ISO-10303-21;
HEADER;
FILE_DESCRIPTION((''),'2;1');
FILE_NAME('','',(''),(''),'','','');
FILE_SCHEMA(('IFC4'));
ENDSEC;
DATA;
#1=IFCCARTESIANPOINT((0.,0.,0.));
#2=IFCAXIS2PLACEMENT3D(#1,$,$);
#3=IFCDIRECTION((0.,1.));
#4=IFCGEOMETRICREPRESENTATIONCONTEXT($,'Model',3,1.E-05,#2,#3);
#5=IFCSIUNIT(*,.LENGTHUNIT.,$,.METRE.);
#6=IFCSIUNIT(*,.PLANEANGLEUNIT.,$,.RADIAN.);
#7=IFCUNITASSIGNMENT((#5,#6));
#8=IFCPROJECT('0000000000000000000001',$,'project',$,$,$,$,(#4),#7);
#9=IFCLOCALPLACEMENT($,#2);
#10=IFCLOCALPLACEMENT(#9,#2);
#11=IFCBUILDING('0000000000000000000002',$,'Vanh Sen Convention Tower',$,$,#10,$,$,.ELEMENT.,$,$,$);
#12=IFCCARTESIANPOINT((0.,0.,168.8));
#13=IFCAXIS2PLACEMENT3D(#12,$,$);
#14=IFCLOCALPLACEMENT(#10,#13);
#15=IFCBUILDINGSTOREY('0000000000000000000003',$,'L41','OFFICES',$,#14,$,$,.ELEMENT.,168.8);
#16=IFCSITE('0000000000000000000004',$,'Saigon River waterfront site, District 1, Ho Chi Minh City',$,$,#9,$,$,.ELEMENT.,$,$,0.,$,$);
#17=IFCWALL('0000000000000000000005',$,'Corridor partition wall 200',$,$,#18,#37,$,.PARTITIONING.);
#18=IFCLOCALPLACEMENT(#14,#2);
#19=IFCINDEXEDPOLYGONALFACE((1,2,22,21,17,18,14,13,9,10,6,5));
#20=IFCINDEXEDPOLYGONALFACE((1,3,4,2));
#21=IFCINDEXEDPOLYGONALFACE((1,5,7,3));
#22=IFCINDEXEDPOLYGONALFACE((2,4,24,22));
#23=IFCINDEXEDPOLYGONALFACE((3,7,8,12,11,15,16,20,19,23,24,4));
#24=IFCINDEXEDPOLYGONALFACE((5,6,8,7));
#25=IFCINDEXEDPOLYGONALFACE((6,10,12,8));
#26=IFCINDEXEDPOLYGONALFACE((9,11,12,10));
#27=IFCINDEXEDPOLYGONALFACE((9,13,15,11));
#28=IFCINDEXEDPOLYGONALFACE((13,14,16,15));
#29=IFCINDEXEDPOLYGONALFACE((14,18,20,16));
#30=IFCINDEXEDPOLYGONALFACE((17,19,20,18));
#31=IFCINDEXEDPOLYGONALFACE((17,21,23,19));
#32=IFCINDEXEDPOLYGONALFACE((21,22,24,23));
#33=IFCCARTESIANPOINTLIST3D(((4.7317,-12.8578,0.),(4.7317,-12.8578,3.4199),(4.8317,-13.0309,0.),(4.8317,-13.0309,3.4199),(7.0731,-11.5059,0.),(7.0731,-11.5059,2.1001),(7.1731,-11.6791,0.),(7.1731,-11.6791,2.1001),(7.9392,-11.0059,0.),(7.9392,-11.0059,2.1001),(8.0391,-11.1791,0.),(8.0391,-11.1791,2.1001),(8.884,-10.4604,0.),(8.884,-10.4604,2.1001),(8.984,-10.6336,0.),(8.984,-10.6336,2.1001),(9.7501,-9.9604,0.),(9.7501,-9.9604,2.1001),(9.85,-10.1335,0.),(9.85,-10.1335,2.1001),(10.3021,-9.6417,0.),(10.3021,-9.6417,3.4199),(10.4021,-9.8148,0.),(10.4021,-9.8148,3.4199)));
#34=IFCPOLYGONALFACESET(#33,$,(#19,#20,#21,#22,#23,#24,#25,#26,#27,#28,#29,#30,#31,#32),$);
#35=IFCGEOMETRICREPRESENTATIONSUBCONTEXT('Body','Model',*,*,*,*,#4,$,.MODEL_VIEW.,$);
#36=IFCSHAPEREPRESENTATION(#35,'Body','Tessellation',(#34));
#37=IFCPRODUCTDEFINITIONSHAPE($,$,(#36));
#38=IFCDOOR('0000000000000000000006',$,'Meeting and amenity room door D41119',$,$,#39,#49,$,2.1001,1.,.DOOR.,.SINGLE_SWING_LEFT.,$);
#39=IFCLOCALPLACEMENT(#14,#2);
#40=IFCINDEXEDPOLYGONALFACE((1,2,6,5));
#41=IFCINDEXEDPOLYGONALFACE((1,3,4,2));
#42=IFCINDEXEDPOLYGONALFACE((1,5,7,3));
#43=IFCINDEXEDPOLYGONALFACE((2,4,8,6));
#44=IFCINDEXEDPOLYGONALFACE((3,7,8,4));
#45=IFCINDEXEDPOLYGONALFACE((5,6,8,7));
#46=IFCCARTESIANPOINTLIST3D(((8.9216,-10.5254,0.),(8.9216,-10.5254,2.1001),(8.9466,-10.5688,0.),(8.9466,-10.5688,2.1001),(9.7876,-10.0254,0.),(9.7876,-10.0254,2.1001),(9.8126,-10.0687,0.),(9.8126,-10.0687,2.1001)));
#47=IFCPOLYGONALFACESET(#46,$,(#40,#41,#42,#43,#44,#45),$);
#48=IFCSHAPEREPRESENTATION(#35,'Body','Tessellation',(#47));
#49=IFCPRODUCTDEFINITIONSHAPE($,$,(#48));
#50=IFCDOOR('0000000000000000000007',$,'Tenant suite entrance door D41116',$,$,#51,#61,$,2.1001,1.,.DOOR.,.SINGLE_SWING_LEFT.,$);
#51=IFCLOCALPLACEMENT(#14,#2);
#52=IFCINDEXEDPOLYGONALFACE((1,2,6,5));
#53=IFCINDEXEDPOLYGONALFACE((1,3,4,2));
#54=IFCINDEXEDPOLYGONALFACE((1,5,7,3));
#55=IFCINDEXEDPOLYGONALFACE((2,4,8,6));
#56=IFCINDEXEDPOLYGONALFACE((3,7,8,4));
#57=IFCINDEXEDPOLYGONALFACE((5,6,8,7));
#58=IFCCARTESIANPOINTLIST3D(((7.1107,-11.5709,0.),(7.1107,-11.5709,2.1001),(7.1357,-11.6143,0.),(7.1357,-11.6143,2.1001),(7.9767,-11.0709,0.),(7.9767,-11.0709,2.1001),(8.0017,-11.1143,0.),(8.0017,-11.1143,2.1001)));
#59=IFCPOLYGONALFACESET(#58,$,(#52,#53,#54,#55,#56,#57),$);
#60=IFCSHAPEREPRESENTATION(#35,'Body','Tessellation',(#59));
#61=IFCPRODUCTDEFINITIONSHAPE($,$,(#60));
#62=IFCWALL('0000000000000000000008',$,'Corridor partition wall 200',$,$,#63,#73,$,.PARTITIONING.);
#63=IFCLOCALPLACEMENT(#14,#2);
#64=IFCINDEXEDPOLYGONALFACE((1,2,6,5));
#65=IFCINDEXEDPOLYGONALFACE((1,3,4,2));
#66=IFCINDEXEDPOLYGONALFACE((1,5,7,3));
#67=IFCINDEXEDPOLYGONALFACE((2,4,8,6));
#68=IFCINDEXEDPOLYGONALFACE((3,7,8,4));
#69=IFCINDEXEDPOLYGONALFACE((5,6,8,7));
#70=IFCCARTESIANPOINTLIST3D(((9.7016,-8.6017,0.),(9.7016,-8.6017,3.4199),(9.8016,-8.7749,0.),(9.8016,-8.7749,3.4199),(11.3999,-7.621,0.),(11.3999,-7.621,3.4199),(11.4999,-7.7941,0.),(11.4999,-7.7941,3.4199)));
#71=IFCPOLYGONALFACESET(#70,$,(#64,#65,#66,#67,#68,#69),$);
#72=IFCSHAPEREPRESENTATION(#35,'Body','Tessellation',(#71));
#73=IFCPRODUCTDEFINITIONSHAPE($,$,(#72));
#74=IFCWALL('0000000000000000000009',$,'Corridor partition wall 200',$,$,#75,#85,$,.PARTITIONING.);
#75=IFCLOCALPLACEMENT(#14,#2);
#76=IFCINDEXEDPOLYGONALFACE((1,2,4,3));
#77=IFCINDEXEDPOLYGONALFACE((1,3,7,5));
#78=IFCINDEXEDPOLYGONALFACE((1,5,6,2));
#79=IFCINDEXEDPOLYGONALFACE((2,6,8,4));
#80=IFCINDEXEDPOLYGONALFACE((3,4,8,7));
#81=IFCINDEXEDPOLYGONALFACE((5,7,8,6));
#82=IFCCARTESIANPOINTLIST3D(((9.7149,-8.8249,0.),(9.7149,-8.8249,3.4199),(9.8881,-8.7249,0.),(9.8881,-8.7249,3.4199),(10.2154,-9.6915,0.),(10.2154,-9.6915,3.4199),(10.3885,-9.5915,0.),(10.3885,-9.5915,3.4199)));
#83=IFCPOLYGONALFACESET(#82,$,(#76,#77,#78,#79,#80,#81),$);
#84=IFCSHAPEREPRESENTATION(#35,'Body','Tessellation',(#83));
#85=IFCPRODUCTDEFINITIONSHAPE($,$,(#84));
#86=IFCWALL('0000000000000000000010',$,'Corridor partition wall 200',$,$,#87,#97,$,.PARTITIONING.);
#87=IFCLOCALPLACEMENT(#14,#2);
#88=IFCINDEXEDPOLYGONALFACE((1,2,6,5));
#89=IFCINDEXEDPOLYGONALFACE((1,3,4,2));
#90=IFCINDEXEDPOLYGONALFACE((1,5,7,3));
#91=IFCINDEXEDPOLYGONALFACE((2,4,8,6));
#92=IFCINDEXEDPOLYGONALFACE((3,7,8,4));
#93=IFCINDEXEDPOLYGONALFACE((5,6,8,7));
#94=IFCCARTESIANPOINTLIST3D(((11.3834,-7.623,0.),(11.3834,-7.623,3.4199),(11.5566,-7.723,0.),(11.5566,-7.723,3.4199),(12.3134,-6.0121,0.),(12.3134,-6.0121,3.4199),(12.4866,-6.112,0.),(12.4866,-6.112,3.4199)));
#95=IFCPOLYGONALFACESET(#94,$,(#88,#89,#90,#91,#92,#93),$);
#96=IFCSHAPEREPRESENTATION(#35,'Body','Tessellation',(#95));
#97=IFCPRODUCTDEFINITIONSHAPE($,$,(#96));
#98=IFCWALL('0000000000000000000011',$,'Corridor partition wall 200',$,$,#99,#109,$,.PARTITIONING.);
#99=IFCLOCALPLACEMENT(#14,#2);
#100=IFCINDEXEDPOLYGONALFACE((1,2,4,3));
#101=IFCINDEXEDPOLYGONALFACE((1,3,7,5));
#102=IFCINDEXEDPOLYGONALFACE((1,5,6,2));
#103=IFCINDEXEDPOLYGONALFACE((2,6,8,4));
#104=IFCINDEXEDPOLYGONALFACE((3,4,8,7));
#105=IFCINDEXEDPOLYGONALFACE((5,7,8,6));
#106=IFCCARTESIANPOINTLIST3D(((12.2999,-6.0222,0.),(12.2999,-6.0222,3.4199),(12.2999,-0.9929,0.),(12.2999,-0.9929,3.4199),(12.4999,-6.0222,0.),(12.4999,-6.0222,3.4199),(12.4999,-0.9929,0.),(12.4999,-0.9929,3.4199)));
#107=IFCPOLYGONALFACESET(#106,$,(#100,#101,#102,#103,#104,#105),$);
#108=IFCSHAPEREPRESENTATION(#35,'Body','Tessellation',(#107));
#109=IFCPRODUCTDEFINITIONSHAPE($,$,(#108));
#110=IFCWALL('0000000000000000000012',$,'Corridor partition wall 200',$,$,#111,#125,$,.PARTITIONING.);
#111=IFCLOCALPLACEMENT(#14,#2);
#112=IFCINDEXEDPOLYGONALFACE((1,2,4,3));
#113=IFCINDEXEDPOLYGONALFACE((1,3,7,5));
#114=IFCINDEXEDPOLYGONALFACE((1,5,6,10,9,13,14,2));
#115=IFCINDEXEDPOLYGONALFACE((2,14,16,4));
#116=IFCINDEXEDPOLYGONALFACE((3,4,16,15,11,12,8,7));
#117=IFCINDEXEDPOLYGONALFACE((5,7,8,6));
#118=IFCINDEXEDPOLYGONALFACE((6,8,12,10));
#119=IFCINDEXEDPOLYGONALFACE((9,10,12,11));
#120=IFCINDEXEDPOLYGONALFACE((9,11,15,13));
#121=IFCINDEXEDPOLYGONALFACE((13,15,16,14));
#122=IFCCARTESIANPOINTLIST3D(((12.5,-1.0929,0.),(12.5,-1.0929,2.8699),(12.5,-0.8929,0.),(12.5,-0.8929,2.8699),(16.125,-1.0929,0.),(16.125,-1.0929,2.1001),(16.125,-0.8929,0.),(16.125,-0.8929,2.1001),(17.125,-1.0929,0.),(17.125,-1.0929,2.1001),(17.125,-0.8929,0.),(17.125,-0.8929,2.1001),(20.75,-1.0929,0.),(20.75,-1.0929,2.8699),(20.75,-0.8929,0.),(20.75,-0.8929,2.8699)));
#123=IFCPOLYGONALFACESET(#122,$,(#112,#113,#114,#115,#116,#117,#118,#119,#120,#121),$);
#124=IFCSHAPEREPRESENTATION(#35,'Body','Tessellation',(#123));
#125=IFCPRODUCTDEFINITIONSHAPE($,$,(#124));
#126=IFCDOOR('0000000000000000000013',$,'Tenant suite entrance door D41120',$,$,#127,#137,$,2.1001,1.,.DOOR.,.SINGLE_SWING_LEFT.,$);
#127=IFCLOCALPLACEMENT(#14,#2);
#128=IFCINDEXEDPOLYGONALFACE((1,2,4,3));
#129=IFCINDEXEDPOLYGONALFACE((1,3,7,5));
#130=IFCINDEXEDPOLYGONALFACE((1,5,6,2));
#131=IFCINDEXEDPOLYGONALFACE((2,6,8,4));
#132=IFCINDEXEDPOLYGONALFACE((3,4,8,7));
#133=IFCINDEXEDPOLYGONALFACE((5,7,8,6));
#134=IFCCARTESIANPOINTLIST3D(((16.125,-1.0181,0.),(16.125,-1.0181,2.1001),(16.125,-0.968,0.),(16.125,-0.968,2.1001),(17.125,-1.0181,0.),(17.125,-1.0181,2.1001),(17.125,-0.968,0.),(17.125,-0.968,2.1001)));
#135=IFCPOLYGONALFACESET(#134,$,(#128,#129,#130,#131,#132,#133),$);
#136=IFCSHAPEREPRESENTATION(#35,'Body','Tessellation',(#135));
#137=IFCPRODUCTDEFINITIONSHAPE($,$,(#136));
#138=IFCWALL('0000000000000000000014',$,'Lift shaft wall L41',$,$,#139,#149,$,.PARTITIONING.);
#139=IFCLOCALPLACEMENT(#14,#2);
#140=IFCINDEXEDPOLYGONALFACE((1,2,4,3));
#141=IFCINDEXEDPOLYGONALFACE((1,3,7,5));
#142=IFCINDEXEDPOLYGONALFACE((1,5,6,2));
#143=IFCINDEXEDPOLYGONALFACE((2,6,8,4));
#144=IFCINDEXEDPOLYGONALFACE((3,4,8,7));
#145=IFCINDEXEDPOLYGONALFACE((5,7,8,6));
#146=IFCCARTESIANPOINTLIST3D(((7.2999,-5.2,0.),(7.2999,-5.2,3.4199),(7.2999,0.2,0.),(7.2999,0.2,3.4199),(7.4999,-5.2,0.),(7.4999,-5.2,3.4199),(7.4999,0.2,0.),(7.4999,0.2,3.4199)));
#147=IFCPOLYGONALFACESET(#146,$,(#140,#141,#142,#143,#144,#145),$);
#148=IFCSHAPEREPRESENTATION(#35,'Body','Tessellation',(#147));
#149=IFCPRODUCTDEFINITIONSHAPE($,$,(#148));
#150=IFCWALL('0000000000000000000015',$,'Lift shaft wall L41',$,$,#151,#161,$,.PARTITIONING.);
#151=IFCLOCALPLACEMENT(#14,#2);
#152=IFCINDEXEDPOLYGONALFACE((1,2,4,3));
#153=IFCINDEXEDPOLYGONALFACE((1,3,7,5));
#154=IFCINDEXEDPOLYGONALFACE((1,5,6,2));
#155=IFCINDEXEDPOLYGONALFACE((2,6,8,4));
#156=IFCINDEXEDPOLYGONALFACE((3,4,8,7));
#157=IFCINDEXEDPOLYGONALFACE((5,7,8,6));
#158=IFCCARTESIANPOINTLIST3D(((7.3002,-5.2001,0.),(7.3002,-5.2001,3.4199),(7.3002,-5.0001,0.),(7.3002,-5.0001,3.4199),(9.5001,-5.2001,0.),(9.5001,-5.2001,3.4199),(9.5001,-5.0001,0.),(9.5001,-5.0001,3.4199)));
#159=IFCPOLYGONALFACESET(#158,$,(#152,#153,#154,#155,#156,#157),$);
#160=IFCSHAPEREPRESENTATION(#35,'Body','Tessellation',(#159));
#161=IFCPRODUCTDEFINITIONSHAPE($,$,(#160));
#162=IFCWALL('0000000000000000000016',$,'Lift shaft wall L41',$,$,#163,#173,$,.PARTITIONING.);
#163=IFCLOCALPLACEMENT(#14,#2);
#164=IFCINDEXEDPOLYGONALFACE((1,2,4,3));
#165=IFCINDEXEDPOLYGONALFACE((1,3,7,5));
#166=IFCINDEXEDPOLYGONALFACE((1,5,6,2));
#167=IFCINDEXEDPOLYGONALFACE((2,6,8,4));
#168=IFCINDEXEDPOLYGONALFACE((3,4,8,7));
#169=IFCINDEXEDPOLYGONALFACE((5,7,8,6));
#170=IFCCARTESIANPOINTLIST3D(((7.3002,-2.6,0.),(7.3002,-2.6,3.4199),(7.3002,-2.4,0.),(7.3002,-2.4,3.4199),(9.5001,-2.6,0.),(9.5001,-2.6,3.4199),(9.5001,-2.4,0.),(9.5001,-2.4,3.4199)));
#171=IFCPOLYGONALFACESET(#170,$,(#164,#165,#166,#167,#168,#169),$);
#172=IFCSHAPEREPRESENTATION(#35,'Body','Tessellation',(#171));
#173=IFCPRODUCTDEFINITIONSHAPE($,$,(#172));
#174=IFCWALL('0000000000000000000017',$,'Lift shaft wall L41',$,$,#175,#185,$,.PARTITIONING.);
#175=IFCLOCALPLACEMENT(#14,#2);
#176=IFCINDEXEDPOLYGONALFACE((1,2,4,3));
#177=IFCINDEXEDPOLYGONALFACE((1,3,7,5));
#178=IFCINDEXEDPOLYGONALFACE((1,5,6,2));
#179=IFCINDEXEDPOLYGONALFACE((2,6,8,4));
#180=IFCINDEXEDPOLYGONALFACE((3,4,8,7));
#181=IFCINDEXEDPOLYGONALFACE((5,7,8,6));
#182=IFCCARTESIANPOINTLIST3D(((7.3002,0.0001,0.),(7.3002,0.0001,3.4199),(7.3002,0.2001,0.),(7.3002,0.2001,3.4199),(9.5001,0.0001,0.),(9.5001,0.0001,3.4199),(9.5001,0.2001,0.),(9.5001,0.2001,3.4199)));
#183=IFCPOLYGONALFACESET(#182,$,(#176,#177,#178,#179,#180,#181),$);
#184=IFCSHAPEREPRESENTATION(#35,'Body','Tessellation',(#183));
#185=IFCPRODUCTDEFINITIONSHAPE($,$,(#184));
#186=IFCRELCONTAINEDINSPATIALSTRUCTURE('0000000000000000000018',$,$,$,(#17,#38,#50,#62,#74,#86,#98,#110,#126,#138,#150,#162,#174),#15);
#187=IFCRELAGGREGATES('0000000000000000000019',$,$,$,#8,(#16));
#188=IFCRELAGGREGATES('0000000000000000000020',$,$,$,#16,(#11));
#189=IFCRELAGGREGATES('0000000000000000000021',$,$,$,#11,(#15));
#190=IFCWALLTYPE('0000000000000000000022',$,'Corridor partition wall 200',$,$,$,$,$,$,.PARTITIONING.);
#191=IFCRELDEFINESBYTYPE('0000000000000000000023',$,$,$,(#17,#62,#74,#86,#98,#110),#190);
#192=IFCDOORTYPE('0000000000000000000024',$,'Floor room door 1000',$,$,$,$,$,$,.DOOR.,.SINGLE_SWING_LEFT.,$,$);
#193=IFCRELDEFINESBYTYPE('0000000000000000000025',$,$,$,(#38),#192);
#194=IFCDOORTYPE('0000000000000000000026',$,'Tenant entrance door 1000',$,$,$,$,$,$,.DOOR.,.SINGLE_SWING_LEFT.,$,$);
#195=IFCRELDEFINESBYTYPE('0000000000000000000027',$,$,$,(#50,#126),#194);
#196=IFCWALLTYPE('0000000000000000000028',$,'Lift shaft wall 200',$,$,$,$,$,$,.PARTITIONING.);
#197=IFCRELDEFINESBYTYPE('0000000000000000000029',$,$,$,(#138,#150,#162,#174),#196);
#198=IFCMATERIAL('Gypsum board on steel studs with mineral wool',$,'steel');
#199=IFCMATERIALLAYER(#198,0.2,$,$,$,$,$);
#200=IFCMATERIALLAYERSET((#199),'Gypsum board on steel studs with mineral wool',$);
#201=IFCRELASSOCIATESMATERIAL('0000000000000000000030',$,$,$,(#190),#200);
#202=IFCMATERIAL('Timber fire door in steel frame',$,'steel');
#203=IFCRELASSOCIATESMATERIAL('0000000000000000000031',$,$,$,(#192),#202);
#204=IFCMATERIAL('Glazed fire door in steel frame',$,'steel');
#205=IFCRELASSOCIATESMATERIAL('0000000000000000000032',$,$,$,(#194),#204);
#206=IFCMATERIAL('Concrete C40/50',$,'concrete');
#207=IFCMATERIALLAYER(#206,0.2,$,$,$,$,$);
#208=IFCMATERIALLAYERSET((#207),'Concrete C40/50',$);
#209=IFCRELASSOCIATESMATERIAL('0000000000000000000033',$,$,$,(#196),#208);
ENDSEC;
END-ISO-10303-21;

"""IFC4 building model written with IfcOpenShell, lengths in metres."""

from ifc_helpers import new_model, si_unit, direction, frame, frame_2d, origin, place, context, subcontext, project, spatial, rectangle, extrude, material, layer, layer_set, type_object, element, fill, save


model = new_model("IFC4")

# Units and contexts
model_context = context("Model", 3, precision=1e-05, world=origin(), true_north=direction((0.0, 1.0)))
body_context = subcontext(model_context, "Body", "Model", "MODEL_VIEW")
ifc_project = project(units=[si_unit("LENGTHUNIT", "METRE"), si_unit("PLANEANGLEUNIT", "RADIAN")], contexts=[model_context])

# Site, building, storey
site_placement = place(None, origin())
site = spatial("IfcSite", under=ifc_project, at=site_placement, Name="Saigon River waterfront site, District 1, Ho Chi Minh City", CompositionType="ELEMENT", RefElevation=0.0)
building_placement = place(site_placement, origin())
building = spatial("IfcBuilding", under=site, at=building_placement, Name="Vanh Sen Convention Tower", CompositionType="ELEMENT")
storey_placement = place(building_placement, frame((0.0, 0.0, 168.8)))
storey = spatial("IfcBuildingStorey", under=building, at=storey_placement, Name="L41", Description="OFFICES", CompositionType="ELEMENT", Elevation=168.8)

# Shared definitions
ifc_material_1 = material(Name="Concrete C40/50", Category="concrete")

# Wall, openings, doors
ifc_material_2 = material(Name="Gypsum board on steel studs with mineral wool", Category="steel")
ifc_layer_1 = layer(ifc_material_2, 0.2)
ifc_layer_set_1 = layer_set([ifc_layer_1], Name="Gypsum board on steel studs with mineral wool")
wall_type_1 = type_object("IfcWallType", Name="Corridor partition wall 200", PredefinedType="PARTITIONING", material=ifc_layer_set_1)
wall_1_placement = place(storey_placement, frame((4.7817, -12.9443, 0.0), z_axis=(0.0, 0.0, 1.0), x_axis=(0.866023, 0.500005, 0.0)))
wall_1 = element("IfcWall", 1, at=wall_1_placement, inside=storey, type_object=wall_type_1, Name="Corridor partition wall 200", PredefinedType="PARTITIONING", context=body_context, shape_type="SweptSolid", body=[
    extrude(rectangle(XDim=6.4321, YDim=0.2, at=frame_2d((3.2161, 0.0))), origin(), (0.0, 0.0, 1.0), 3.4199),
])
opening_1_placement = place(wall_1_placement, frame((2.7036, 0.0, 0.0)))
opening_1 = element("IfcOpeningElement", 2, at=opening_1_placement, cuts=wall_1, PredefinedType="OPENING", context=body_context, shape_type="SweptSolid", body=[
    extrude(rectangle(XDim=1.0, YDim=2.1001, at=frame_2d((0.5, 1.05))), frame((0.0, 0.1099, 0.0), z_axis=(0.0, -1.0, 0.0), x_axis=(1.0, 0.0, 0.0)), (0.0, 0.0, 1.0), 0.22),
])
opening_2_placement = place(wall_1_placement, frame((4.7947, 0.0, 0.0)))
opening_2 = element("IfcOpeningElement", 3, at=opening_2_placement, cuts=wall_1, PredefinedType="OPENING", context=body_context, shape_type="SweptSolid", body=[
    extrude(rectangle(XDim=1.0, YDim=2.1001, at=frame_2d((0.5, 1.05))), frame((0.0, 0.1099, 0.0), z_axis=(0.0, -1.0, 0.0), x_axis=(1.0, 0.0, 0.0)), (0.0, 0.0, 1.0), 0.22),
])
ifc_material_3 = material(Name="Timber fire door in steel frame", Category="steel")
door_type_1 = type_object("IfcDoorType", Name="Floor room door 1000", OperationType="SINGLE_SWING_LEFT", PredefinedType="DOOR", material=ifc_material_3)
door_1_placement = place(opening_2_placement, origin())
door_1 = element("IfcDoor", 4, at=door_1_placement, inside=storey, type_object=door_type_1, Name="Meeting and amenity room door D41119", OperationType="SINGLE_SWING_LEFT", OverallHeight=2.1001, OverallWidth=1.0, PredefinedType="DOOR", context=body_context, shape_type="SweptSolid", body=[
    extrude(rectangle(XDim=1.0, YDim=2.1001, at=frame_2d((0.5, 1.05))), frame((0.0, 0.0249, 0.0), z_axis=(0.0, -1.0, 0.0), x_axis=(1.0, 0.0, 0.0)), (0.0, 0.0, 1.0), 0.05),
])
fill(opening_2, door_1)
ifc_material_4 = material(Name="Glazed fire door in steel frame", Category="steel")
door_type_2 = type_object("IfcDoorType", Name="Tenant entrance door 1000", OperationType="SINGLE_SWING_LEFT", PredefinedType="DOOR", material=ifc_material_4)
door_2_placement = place(opening_1_placement, origin())
door_2 = element("IfcDoor", 5, at=door_2_placement, inside=storey, type_object=door_type_2, Name="Tenant suite entrance door D41116", OperationType="SINGLE_SWING_LEFT", OverallHeight=2.1001, OverallWidth=1.0, PredefinedType="DOOR", context=body_context, shape_type="SweptSolid", body=[
    extrude(rectangle(XDim=1.0, YDim=2.1001, at=frame_2d((0.5, 1.05))), frame((0.0, 0.0249, 0.0), z_axis=(0.0, -1.0, 0.0), x_axis=(1.0, 0.0, 0.0)), (0.0, 0.0, 1.0), 0.05),
])
fill(opening_1, door_2)

# Walls
wall_2_placement = place(storey_placement, frame((9.7517, -8.6882, 0.0), z_axis=(0.0, 0.0, 1.0), x_axis=(0.865974, 0.500089, 0.0)))
element("IfcWall", 6, at=wall_2_placement, inside=storey, type_object=wall_type_1, Name="Corridor partition wall 200", PredefinedType="PARTITIONING", context=body_context, shape_type="SweptSolid", body=[
    extrude(rectangle(XDim=1.9612, YDim=0.2, at=frame_2d((0.9805, 0.0))), origin(), (0.0, 0.0, 1.0), 3.4199),
])
wall_3_placement = place(storey_placement, frame((10.302, -9.6416, 0.0), z_axis=(0.0, 0.0, 1.0), x_axis=(-0.500074, 0.865982, 0.0)))
element("IfcWall", 7, at=wall_3_placement, inside=storey, type_object=wall_type_1, Name="Corridor partition wall 200", PredefinedType="PARTITIONING", context=body_context, shape_type="SweptSolid", body=[
    extrude(rectangle(XDim=1.0007, YDim=0.2, at=frame_2d((0.5005, 0.0))), origin(), (0.0, 0.0, 1.0), 3.4199),
])
wall_4_placement = place(storey_placement, frame((11.47, -7.6731, 0.0), z_axis=(0.0, 0.0, 1.0), x_axis=(0.499965, 0.866046, 0.0)))
element("IfcWall", 8, at=wall_4_placement, inside=storey, type_object=wall_type_1, Name="Corridor partition wall 200", PredefinedType="PARTITIONING", context=body_context, shape_type="SweptSolid", body=[
    extrude(rectangle(XDim=1.8601, YDim=0.2, at=frame_2d((0.9302, 0.0))), origin(), (0.0, 0.0, 1.0), 3.4199),
])
wall_5_placement = place(storey_placement, frame((12.3999, -6.0222, 0.0), z_axis=(0.0, 0.0, 1.0), x_axis=(0.0, 1.0, 0.0)))
element("IfcWall", 9, at=wall_5_placement, inside=storey, type_object=wall_type_1, Name="Corridor partition wall 200", PredefinedType="PARTITIONING", context=body_context, shape_type="SweptSolid", body=[
    extrude(rectangle(XDim=5.0293, YDim=0.2, at=frame_2d((2.5146, 0.0))), origin(), (0.0, 0.0, 1.0), 3.4199),
])

# Wall, opening, door
wall_6_placement = place(storey_placement, frame((12.5, -0.9929, 0.0), z_axis=(0.0, 0.0, 1.0), x_axis=(1.0, 0.0, 0.0)))
wall_6 = element("IfcWall", 10, at=wall_6_placement, inside=storey, type_object=wall_type_1, Name="Corridor partition wall 200", PredefinedType="PARTITIONING", context=body_context, shape_type="SweptSolid", body=[
    extrude(rectangle(XDim=8.25, YDim=0.2, at=frame_2d((4.125, 0.0))), origin(), (0.0, 0.0, 1.0), 2.8699),
])
opening_3_placement = place(wall_6_placement, frame((3.625, 0.0, 0.0)))
opening_3 = element("IfcOpeningElement", 11, at=opening_3_placement, cuts=wall_6, PredefinedType="OPENING", context=body_context, shape_type="SweptSolid", body=[
    extrude(rectangle(XDim=1.0, YDim=2.1001, at=frame_2d((0.5, 1.05))), frame((0.0, 0.1099, 0.0), z_axis=(0.0, -1.0, 0.0), x_axis=(1.0, 0.0, 0.0)), (0.0, 0.0, 1.0), 0.22),
])
door_3_placement = place(opening_3_placement, origin())
door_3 = element("IfcDoor", 12, at=door_3_placement, inside=storey, type_object=door_type_2, Name="Tenant suite entrance door D41120", OperationType="SINGLE_SWING_LEFT", OverallHeight=2.1001, OverallWidth=1.0, PredefinedType="DOOR", context=body_context, shape_type="SweptSolid", body=[
    extrude(rectangle(XDim=1.0, YDim=2.1001, at=frame_2d((0.5, 1.05))), frame((0.0, 0.0249, 0.0), z_axis=(0.0, -1.0, 0.0), x_axis=(1.0, 0.0, 0.0)), (0.0, 0.0, 1.0), 0.05),
])
fill(opening_3, door_3)

# Walls
ifc_layer_2 = layer(ifc_material_1, 0.2)
ifc_layer_set_2 = layer_set([ifc_layer_2], Name="Concrete C40/50")
wall_type_2 = type_object("IfcWallType", Name="Lift shaft wall 200", PredefinedType="PARTITIONING", material=ifc_layer_set_2)
wall_7_placement = place(storey_placement, frame((7.3999, -5.2, 0.0), z_axis=(0.0, 0.0, 1.0), x_axis=(0.0, 1.0, 0.0)))
element("IfcWall", 13, at=wall_7_placement, inside=storey, type_object=wall_type_2, Name="Lift shaft wall L41", PredefinedType="PARTITIONING", context=body_context, shape_type="SweptSolid", body=[
    extrude(rectangle(XDim=5.3999, YDim=0.2, at=frame_2d((2.7, 0.0))), origin(), (0.0, 0.0, 1.0), 3.4199),
])
for number, where, z_axis, x_axis, name in (
    (14, (7.3, -5.1001, 0.0), (0.0, 0.0, 1.0), (1.0, 0.0, 0.0), "Lift shaft wall L41"),
    (15, (7.3, -2.5, 0.0), (0.0, 0.0, 1.0), (1.0, 0.0, 0.0), "Lift shaft wall L41"),
    (16, (7.3, 0.1001, 0.0), (0.0, 0.0, 1.0), (1.0, 0.0, 0.0), "Lift shaft wall L41"),
):
    element("IfcWall", number, at=place(storey_placement, frame(where, z_axis=z_axis, x_axis=x_axis)), inside=storey, type_object=wall_type_2, Name=name, PredefinedType="PARTITIONING", context=body_context, shape_type="SweptSolid", body=[
        extrude(rectangle(XDim=2.2, YDim=0.2, at=frame_2d((1.1001, 0.0))), origin(), (0.0, 0.0, 1.0), 3.4199),
    ])

save(model, "model.ifc")
